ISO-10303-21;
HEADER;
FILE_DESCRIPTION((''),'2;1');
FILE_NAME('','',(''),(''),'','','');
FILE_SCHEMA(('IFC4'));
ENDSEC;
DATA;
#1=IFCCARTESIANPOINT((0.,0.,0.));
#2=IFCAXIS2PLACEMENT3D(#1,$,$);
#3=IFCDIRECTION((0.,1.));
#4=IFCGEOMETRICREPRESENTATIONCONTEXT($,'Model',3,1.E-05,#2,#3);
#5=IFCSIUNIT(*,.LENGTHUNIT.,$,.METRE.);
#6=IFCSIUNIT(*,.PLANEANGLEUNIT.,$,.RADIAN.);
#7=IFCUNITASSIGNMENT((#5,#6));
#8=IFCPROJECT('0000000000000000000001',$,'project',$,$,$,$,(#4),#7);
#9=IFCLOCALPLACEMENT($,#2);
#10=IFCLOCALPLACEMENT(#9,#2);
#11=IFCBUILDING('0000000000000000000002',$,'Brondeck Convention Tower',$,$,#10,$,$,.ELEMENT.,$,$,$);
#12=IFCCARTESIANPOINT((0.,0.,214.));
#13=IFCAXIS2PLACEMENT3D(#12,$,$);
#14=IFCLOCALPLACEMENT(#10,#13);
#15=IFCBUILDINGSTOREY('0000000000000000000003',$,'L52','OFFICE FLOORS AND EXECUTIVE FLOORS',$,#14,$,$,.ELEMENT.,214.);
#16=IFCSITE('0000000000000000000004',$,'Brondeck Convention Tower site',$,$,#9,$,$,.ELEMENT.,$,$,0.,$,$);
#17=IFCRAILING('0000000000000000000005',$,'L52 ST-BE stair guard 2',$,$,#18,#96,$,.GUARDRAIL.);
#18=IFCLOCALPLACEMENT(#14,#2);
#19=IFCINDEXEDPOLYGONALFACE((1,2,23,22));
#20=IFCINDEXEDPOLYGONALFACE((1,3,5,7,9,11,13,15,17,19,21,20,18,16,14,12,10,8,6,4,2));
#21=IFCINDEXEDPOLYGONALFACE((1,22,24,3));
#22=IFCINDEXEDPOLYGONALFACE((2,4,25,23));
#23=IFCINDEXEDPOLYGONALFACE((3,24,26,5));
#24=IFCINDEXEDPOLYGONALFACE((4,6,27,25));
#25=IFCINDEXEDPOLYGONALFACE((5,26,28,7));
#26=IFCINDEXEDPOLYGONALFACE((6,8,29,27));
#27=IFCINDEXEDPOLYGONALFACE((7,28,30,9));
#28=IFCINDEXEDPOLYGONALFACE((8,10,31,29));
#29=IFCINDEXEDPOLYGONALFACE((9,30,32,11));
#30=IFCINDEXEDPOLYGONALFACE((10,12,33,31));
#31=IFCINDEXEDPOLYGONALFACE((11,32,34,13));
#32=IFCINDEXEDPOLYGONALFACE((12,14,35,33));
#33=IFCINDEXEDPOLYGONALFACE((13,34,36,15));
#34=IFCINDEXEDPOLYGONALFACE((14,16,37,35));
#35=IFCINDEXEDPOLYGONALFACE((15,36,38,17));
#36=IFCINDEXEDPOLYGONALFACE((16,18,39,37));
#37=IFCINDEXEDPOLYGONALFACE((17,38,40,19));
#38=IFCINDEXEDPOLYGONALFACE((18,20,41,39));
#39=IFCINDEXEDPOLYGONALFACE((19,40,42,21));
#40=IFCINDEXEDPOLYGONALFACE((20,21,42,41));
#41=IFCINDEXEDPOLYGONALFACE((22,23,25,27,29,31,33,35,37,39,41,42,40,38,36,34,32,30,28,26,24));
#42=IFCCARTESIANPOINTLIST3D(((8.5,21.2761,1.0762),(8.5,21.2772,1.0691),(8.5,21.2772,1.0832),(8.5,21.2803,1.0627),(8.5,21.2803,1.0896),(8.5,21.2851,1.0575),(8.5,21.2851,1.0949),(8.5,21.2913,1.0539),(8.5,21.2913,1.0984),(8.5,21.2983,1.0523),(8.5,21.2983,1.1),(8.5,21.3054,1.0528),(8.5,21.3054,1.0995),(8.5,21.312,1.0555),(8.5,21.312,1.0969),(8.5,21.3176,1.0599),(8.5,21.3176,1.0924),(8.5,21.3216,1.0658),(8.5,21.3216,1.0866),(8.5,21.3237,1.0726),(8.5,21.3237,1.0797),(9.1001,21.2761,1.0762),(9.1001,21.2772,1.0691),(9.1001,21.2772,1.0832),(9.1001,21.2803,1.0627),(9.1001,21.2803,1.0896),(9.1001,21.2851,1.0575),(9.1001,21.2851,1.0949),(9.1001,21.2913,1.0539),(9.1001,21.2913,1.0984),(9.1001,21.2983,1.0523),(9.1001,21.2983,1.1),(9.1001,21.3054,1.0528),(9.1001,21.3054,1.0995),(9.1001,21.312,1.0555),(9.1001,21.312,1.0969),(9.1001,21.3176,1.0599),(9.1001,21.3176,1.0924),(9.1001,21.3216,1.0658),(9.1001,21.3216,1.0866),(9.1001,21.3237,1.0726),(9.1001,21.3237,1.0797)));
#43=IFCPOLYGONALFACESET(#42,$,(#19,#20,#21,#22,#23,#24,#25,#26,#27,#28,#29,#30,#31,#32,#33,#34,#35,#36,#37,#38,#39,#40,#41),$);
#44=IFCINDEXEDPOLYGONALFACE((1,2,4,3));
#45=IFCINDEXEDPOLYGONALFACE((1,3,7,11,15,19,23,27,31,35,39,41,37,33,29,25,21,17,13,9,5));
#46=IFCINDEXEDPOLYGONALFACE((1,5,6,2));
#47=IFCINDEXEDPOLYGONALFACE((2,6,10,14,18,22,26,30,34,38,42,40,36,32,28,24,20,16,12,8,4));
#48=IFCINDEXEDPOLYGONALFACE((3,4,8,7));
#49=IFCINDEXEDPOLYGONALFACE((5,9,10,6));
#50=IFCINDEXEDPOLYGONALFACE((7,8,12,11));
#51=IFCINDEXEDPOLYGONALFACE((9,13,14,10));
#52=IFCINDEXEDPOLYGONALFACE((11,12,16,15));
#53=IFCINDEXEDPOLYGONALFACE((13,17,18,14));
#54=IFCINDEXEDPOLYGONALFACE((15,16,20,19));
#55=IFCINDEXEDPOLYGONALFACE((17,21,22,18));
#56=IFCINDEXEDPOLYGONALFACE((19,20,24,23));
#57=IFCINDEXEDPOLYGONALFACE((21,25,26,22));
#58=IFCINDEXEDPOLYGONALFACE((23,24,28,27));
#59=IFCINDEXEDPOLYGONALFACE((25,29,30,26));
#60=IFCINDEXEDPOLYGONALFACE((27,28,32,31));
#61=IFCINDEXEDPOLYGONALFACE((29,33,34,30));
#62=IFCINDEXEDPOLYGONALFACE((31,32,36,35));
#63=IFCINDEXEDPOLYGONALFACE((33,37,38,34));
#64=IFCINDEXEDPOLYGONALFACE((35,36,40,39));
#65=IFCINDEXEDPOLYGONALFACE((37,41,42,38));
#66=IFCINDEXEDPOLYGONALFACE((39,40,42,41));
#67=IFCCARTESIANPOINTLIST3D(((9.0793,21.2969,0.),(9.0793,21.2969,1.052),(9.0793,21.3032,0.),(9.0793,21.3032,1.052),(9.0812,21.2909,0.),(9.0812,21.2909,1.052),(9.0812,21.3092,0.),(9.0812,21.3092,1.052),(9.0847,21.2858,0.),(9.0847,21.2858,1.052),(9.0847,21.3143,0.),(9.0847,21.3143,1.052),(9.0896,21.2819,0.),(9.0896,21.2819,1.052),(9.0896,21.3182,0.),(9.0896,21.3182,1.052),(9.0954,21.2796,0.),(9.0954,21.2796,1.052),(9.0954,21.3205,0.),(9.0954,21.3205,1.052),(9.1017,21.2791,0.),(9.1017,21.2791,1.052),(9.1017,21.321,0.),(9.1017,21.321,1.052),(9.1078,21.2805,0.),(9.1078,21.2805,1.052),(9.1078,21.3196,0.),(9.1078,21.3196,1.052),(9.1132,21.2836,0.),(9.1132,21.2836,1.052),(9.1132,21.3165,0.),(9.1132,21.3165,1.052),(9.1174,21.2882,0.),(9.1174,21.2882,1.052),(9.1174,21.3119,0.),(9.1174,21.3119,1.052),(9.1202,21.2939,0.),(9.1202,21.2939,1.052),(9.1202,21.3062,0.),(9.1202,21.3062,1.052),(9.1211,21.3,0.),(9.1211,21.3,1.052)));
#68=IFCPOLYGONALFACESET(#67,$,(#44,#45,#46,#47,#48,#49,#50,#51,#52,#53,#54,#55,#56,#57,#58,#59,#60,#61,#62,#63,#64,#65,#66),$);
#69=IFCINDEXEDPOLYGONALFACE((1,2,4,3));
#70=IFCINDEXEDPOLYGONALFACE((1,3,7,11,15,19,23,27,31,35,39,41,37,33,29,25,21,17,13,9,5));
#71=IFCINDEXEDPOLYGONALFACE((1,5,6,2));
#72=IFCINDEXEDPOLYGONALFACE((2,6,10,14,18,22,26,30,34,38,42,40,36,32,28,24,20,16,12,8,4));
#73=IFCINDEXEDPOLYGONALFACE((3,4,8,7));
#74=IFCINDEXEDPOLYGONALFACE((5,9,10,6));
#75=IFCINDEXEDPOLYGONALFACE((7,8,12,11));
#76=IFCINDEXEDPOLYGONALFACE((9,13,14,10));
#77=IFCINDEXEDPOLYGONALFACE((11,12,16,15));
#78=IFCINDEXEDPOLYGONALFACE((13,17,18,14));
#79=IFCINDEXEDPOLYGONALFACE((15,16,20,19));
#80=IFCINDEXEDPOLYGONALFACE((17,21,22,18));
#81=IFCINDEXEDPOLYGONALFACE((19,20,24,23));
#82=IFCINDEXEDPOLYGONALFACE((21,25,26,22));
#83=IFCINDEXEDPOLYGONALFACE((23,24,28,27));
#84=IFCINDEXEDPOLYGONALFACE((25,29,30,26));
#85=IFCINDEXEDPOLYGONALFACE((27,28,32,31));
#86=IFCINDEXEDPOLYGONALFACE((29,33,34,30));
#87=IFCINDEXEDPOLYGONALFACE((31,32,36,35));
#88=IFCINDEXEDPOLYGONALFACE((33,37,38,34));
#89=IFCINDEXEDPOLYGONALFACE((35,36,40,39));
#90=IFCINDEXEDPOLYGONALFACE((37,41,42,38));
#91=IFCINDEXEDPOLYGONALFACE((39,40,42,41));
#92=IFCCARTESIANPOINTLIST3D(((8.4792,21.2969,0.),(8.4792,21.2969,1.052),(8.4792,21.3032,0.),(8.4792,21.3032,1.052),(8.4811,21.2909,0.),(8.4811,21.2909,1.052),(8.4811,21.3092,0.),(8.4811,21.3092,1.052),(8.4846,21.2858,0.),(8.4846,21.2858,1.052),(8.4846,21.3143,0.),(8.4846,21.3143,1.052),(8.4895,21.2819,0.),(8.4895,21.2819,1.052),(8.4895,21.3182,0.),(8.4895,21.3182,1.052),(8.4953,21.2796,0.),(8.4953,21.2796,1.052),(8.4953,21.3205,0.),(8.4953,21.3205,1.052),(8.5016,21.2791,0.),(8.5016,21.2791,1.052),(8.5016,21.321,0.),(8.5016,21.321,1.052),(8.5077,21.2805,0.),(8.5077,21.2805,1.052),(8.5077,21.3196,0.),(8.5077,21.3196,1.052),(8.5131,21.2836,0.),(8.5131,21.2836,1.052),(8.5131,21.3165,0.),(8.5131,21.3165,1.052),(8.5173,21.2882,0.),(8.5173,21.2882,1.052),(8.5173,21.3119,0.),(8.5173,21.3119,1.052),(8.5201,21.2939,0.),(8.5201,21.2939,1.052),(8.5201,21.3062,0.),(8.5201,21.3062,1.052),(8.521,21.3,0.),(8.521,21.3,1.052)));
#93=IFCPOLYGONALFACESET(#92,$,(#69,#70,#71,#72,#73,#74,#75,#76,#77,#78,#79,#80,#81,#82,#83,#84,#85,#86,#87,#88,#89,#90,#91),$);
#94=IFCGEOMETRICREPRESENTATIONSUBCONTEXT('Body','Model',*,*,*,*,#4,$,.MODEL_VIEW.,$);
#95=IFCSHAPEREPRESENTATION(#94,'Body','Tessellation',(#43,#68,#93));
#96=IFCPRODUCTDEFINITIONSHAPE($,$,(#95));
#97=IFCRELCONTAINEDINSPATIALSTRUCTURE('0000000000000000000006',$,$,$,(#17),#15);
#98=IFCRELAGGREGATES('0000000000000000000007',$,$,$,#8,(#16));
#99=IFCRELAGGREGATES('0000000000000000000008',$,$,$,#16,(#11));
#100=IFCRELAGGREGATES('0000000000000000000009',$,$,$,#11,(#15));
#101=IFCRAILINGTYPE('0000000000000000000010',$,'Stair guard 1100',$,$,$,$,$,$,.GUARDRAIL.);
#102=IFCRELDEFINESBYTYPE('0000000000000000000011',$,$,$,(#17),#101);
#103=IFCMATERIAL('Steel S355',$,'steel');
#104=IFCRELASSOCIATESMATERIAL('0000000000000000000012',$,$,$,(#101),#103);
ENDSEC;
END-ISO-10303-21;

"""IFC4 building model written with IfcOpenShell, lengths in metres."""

from ifc_helpers import new_model, si_unit, direction, frame, origin, origin_2d, place, context, subcontext, project, spatial, circle, extrude, material, type_object, element, save


model = new_model("IFC4")

# Units and contexts
model_context = context("Model", 3, precision=1e-05, world=origin(), true_north=direction((0.0, 1.0)))
body_context = subcontext(model_context, "Body", "Model", "MODEL_VIEW")
ifc_project = project(units=[si_unit("LENGTHUNIT", "METRE"), si_unit("PLANEANGLEUNIT", "RADIAN")], contexts=[model_context])

# Site, building, storey
site_placement = place(None, origin())
site = spatial("IfcSite", under=ifc_project, at=site_placement, Name="Brondeck Convention Tower site", CompositionType="ELEMENT", RefElevation=0.0)
building_placement = place(site_placement, origin())
building = spatial("IfcBuilding", under=site, at=building_placement, Name="Brondeck Convention Tower", CompositionType="ELEMENT")
storey_placement = place(building_placement, frame((0.0, 0.0, 214.0)))
storey = spatial("IfcBuildingStorey", under=building, at=storey_placement, Name="L52", Description="OFFICE FLOORS AND EXECUTIVE FLOORS", CompositionType="ELEMENT", Elevation=214.0)

# Railing
ifc_material_1 = material(Name="Steel S355", Category="steel")
railing_type = type_object("IfcRailingType", Name="Stair guard 1100", PredefinedType="GUARDRAIL", material=ifc_material_1)
railing_placement = place(storey_placement, frame((9.1001, 21.3, 0.0)))
element("IfcRailing", 1, at=railing_placement, inside=storey, type_object=railing_type, Name="L52 ST-BE stair guard 2", PredefinedType="GUARDRAIL", context=body_context, shape_type="SweptSolid", body=[
    extrude(circle(Radius=0.0239, at=origin_2d()), frame((0.0, 0.0, 1.0762), z_axis=(-1.0, 0.0, 0.0), x_axis=(0.0, -1.0, 0.0)), (0.0, 0.0, 1.0), 0.6001),
    extrude(circle(Radius=0.021, at=origin_2d()), origin(), (0.0, 0.0, 1.0), 1.052),
    extrude(circle(Radius=0.021, at=origin_2d()), frame((-0.6001, 0.0, 0.0)), (0.0, 0.0, 1.0), 1.052),
])

save(model, "model.ifc")
